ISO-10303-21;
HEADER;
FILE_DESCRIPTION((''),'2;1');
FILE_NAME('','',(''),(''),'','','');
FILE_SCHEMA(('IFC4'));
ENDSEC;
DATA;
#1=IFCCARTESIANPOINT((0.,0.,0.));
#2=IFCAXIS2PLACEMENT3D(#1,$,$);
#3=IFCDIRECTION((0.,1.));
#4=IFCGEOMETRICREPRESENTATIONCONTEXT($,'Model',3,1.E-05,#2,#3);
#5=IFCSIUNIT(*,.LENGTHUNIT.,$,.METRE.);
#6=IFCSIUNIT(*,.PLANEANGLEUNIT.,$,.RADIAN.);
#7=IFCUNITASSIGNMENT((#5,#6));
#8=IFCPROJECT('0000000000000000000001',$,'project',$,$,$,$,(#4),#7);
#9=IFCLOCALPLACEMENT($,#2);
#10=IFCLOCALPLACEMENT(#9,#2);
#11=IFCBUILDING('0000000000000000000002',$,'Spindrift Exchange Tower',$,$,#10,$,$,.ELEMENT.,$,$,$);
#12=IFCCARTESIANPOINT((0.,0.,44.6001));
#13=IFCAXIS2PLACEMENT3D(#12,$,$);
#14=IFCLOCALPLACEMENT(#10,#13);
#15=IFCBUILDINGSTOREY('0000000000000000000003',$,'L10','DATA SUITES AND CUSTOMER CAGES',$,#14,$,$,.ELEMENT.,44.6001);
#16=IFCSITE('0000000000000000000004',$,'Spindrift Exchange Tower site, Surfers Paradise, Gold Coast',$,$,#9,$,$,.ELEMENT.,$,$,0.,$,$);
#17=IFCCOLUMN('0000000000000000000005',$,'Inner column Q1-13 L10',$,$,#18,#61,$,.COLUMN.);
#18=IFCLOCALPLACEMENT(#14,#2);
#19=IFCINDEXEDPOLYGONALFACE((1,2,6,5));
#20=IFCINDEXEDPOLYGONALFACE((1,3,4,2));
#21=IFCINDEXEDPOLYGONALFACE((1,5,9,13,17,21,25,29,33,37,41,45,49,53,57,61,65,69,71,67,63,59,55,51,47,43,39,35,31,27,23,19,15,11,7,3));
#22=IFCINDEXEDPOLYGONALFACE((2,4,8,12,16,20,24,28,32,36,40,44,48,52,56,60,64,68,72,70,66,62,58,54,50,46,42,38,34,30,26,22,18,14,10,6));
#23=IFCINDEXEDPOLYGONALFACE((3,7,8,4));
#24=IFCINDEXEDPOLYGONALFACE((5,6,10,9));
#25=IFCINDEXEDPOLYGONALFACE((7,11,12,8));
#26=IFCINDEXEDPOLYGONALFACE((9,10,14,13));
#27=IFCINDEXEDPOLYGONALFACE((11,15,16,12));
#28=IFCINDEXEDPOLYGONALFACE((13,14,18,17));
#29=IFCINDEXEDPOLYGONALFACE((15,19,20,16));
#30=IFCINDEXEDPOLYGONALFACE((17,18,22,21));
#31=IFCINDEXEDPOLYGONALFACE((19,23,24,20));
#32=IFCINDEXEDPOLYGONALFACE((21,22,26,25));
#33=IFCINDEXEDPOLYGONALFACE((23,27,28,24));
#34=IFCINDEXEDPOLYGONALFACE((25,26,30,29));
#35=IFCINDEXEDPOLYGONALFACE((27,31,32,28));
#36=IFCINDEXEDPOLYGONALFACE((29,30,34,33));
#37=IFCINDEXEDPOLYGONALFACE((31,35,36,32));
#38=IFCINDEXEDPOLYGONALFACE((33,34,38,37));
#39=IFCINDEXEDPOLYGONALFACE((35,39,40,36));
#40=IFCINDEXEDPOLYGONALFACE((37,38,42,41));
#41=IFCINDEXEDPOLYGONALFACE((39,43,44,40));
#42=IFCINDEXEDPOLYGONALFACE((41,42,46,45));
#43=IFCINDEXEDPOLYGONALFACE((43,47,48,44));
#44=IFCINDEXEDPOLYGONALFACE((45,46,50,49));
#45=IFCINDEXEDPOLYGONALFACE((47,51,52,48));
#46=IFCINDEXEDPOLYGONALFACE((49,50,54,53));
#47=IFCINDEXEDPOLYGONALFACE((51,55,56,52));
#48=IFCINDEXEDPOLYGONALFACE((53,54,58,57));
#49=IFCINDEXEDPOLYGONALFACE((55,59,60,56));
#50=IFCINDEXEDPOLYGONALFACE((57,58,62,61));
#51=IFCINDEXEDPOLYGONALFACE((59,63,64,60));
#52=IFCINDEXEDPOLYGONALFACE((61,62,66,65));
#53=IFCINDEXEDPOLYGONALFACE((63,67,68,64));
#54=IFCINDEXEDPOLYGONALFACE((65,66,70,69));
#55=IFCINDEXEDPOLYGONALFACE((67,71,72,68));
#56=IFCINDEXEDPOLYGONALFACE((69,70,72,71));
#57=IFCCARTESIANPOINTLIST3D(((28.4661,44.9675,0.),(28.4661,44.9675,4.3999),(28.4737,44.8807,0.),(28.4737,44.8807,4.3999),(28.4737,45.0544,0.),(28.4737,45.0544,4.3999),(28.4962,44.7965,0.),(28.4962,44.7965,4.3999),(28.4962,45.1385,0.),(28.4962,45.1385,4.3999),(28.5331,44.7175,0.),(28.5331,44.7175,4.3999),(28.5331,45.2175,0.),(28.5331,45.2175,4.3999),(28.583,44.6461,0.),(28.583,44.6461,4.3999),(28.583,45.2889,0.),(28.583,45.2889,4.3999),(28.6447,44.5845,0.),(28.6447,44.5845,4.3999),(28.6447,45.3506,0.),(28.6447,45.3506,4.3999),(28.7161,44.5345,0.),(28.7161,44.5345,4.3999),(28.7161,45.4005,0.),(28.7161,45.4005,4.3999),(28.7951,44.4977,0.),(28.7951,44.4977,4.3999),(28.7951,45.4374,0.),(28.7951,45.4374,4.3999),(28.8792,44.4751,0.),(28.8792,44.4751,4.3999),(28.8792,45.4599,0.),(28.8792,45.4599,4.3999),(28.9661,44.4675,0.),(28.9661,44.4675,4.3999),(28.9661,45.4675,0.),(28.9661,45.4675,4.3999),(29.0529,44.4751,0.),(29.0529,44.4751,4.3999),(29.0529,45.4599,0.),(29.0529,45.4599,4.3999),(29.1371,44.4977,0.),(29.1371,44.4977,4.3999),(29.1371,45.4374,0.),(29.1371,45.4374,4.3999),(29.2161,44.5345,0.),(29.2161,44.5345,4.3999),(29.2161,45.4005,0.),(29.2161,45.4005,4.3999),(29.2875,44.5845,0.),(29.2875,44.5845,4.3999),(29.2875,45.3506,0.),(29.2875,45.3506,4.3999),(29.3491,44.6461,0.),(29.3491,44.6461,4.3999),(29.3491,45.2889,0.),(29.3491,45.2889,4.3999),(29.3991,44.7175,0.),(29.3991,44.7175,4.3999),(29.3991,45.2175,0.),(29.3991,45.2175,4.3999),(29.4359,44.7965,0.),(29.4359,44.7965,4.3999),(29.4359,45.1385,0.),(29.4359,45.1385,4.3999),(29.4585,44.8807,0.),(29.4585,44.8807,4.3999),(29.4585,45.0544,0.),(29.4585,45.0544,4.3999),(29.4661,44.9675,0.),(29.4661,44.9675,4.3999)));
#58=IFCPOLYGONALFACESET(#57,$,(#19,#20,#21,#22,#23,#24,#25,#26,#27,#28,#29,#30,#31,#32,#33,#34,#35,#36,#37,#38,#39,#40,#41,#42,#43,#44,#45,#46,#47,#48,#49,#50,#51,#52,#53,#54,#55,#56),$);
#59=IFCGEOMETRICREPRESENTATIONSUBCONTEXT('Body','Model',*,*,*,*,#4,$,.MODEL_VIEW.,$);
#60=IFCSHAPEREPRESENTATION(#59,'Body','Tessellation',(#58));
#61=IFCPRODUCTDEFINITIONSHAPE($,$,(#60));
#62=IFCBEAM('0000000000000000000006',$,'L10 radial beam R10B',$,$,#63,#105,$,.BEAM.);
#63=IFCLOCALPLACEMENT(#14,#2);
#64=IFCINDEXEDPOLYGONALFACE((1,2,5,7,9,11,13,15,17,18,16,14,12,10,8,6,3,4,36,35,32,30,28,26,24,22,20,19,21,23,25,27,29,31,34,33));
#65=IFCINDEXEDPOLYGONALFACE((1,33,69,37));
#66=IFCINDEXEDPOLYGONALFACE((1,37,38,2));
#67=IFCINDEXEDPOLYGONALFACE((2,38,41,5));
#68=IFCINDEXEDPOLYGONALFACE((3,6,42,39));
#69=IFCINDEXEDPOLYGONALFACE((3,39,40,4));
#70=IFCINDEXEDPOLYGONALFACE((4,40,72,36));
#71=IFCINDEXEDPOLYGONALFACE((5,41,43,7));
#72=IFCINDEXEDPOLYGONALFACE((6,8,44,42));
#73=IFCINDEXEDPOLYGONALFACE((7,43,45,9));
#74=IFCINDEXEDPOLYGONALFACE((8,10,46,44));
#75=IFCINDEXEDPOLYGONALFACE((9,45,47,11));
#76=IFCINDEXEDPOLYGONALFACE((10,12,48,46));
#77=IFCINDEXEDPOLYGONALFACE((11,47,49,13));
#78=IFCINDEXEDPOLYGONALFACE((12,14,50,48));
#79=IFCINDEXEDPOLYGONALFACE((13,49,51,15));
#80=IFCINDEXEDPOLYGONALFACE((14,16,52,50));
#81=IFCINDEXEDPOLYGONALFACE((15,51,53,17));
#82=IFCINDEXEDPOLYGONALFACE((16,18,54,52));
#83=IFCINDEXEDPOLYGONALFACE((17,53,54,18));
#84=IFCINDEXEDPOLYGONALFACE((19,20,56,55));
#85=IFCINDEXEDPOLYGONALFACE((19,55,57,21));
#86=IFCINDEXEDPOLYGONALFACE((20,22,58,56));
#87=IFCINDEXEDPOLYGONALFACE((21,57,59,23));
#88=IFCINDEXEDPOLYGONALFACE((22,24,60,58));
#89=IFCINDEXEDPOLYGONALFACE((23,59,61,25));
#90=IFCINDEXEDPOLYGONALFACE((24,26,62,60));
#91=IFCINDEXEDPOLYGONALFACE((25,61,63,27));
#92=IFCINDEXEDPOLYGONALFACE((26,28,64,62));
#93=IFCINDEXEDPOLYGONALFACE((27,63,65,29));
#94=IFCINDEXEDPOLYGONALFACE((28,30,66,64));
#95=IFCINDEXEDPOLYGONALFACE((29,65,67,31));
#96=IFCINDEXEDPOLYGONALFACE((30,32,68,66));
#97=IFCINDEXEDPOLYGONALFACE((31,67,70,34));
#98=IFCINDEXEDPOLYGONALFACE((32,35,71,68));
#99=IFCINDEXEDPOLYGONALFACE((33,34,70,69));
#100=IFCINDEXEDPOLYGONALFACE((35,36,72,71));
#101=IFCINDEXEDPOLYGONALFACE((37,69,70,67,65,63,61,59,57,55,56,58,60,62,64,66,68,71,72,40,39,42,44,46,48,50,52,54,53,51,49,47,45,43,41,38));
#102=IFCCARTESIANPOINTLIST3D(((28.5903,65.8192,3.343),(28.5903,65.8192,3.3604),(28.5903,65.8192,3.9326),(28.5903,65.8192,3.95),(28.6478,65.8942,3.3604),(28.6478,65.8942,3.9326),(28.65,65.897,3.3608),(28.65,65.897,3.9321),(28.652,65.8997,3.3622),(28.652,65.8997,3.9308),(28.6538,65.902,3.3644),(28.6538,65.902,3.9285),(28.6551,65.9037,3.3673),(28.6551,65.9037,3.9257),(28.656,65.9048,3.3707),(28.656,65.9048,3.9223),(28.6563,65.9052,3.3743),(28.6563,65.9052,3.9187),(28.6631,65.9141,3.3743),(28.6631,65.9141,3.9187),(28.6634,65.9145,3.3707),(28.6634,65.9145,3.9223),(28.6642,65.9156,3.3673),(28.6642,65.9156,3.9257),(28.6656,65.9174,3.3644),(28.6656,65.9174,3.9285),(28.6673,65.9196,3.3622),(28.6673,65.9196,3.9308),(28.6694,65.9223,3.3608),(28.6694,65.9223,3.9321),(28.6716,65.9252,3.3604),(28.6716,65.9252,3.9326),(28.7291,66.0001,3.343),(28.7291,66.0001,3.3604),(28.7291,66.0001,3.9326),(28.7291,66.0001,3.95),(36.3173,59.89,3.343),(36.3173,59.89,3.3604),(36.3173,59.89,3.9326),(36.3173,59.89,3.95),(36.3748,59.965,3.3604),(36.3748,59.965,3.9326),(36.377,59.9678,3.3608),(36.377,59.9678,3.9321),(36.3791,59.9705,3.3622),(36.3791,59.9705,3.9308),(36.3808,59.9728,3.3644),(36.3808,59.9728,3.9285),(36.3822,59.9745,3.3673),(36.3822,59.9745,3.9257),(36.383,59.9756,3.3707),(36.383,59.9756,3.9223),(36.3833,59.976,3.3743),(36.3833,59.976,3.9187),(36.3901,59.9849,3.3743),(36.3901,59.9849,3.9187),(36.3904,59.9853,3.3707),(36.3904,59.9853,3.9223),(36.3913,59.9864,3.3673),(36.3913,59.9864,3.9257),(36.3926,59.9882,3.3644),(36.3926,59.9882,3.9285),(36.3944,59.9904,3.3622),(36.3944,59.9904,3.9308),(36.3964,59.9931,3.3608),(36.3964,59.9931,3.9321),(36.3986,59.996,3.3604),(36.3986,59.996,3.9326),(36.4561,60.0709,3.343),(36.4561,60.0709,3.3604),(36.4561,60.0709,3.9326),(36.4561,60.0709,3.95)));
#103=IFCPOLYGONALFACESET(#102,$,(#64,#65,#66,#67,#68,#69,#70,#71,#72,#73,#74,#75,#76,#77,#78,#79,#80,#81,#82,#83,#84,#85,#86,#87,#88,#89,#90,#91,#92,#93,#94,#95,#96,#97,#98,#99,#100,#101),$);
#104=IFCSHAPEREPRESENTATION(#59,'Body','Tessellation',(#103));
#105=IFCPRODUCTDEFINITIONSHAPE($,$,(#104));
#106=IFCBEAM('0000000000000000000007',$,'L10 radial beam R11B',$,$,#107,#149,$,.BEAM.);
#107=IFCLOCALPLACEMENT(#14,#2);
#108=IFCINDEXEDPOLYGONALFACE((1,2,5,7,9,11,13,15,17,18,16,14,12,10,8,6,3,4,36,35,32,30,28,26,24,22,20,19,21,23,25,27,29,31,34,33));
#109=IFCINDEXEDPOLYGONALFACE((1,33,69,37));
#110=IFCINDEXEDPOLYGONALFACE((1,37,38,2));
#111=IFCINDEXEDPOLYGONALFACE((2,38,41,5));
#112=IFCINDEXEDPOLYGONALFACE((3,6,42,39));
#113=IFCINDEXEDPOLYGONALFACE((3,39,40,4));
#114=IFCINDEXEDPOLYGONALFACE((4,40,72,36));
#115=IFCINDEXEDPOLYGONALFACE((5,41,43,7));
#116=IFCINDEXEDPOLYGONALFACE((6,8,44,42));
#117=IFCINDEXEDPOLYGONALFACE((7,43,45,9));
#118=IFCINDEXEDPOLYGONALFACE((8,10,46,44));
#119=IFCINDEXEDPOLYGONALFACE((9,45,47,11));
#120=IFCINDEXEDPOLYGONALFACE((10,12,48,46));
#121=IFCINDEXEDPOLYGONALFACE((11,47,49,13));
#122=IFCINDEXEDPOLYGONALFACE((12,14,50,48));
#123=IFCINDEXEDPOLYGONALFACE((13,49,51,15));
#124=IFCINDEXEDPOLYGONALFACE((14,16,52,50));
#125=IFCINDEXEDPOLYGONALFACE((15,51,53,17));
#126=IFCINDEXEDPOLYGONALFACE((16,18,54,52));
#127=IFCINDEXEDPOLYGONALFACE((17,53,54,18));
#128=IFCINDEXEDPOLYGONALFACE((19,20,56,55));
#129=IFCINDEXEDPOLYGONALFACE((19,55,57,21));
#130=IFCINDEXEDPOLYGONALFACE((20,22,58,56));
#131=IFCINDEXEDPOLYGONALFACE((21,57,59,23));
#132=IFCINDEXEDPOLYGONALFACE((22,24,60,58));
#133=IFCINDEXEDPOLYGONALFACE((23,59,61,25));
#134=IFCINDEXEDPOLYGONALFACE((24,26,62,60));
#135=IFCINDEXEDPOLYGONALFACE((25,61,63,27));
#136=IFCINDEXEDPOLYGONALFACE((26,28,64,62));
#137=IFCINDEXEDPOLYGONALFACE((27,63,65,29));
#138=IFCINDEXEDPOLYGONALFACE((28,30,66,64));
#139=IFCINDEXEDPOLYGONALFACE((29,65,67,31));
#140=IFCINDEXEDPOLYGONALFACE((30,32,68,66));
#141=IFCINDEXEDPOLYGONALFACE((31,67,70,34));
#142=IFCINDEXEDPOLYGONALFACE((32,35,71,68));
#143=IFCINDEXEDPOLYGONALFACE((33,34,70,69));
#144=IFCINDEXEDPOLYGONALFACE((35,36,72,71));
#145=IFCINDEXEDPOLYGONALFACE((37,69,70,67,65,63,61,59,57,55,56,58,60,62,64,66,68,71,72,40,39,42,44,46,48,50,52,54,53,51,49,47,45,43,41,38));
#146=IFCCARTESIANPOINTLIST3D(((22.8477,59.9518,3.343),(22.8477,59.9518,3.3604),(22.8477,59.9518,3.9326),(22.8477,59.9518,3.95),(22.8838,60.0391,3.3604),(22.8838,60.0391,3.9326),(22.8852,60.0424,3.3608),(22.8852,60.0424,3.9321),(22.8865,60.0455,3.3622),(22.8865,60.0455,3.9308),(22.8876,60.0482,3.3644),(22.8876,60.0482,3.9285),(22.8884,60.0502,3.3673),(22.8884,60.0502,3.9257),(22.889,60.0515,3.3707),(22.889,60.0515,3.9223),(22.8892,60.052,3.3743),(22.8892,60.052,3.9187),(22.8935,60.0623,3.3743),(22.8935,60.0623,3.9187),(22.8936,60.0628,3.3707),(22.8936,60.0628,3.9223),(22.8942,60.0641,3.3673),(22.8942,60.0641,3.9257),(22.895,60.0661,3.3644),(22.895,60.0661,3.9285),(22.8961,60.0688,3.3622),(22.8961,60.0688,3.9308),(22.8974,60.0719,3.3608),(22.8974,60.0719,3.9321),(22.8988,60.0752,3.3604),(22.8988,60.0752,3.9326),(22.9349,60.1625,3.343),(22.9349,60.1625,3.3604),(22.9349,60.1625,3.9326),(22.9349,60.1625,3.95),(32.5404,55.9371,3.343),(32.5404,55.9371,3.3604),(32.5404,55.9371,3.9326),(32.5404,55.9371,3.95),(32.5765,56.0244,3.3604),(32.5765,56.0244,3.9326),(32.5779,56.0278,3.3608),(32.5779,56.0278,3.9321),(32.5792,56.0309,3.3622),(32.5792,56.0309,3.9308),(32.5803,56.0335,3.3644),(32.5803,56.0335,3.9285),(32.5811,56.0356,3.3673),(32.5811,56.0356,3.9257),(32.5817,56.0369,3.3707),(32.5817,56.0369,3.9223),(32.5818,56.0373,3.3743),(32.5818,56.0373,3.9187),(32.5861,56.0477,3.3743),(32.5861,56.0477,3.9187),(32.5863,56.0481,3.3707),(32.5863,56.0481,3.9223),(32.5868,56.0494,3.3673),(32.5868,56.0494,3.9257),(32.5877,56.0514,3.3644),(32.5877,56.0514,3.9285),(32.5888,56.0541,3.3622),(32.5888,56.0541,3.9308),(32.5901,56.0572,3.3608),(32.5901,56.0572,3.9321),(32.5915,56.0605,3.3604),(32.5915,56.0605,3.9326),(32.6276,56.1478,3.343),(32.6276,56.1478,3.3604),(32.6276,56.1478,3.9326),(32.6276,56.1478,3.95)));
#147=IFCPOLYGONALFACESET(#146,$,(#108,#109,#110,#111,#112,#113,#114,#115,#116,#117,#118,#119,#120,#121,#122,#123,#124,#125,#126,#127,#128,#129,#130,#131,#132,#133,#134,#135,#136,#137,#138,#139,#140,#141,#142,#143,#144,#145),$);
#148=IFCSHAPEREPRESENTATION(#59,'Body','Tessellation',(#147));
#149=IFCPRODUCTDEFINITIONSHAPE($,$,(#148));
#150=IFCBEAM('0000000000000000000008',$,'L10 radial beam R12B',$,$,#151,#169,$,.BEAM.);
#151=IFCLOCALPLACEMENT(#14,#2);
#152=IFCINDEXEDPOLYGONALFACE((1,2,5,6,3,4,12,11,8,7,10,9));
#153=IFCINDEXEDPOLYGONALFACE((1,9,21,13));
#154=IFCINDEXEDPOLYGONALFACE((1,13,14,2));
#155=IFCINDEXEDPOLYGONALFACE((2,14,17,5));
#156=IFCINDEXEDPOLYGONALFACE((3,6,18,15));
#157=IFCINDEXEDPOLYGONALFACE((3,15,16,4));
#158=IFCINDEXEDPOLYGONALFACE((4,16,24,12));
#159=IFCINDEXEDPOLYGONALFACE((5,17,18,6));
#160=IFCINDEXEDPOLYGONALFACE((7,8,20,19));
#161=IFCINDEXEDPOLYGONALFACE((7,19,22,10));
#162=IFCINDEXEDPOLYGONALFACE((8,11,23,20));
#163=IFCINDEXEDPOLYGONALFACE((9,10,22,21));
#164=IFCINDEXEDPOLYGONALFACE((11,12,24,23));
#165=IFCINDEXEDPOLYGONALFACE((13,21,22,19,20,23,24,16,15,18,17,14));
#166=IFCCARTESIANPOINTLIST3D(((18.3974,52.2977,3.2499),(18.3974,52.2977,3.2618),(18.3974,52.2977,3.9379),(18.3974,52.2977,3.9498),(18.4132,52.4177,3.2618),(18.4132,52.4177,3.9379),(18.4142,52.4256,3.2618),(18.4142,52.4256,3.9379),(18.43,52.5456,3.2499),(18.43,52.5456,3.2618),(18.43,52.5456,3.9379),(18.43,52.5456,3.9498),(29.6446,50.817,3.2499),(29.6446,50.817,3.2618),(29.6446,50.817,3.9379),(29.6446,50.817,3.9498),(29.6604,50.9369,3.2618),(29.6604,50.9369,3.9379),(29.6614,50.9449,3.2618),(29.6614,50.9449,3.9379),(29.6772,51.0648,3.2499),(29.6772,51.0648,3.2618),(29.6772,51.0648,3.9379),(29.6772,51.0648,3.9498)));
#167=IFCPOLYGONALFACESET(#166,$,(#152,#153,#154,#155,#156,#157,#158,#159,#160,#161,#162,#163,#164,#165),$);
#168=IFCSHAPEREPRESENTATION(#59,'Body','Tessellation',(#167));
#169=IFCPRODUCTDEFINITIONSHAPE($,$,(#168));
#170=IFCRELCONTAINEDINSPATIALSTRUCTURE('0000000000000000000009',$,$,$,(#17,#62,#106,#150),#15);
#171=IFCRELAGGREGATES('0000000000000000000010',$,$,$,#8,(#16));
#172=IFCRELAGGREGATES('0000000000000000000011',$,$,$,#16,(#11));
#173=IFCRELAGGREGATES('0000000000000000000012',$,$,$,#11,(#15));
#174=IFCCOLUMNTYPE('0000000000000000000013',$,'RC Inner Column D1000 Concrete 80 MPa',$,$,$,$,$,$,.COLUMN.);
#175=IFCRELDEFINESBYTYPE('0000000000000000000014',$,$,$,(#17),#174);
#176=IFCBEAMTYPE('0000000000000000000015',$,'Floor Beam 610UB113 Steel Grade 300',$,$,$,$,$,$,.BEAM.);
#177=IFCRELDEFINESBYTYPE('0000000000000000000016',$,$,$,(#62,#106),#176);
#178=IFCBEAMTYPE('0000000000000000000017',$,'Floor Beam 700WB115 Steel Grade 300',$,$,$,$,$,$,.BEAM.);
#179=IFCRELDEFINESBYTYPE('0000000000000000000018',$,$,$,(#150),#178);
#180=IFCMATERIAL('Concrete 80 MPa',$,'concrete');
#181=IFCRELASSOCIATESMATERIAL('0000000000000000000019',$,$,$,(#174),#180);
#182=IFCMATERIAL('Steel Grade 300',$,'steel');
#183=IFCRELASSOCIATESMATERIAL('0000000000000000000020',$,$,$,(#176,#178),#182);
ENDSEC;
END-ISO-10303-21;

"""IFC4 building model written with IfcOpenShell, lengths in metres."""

from ifc_helpers import new_model, si_unit, direction, frame, origin, origin_2d, place, context, subcontext, project, spatial, circle, i_section, extrude, source, transform, mapped, material, material_profile, profile_set, type_object, element, save


model = new_model("IFC4")

# Units and contexts
model_context = context("Model", 3, precision=1e-05, world=origin(), true_north=direction((0.0, 1.0)))
body_context = subcontext(model_context, "Body", "Model", "MODEL_VIEW")
ifc_project = project(units=[si_unit("LENGTHUNIT", "METRE"), si_unit("PLANEANGLEUNIT", "RADIAN")], contexts=[model_context])

# Site, building, storey
site_placement = place(None, origin())
site = spatial("IfcSite", under=ifc_project, at=site_placement, Name="Spindrift Exchange Tower site, Surfers Paradise, Gold Coast", CompositionType="ELEMENT", RefElevation=0.0)
building_placement = place(site_placement, origin())
building = spatial("IfcBuilding", under=site, at=building_placement, Name="Spindrift Exchange Tower", CompositionType="ELEMENT")
storey_placement = place(building_placement, frame((0.0, 0.0, 44.6001)))
storey = spatial("IfcBuildingStorey", under=building, at=storey_placement, Name="L10", Description="DATA SUITES AND CUSTOMER CAGES", CompositionType="ELEMENT", Elevation=44.6001)

# Column
ifc_material_1 = material(Name="Concrete 80 MPa", Category="concrete")
ifc_material_profile_1 = material_profile(ifc_material_1, circle(Radius=0.5, at=origin_2d()), Name="RC D1000")
ifc_profile_set_1 = profile_set([ifc_material_profile_1], Name="Concrete 80 MPa")
column_type_1 = type_object("IfcColumnType", Name="RC Inner Column D1000 Concrete 80 MPa", PredefinedType="COLUMN", material=ifc_profile_set_1)
shared_shape_1 = source(origin(), body_context, "Body", "SweptSolid", [
    extrude(circle(Radius=0.5, at=origin_2d()), origin(), (0.0, 0.0, 1.0), 4.3999),
])
for number, where, z_axis, x_axis, name in (
    (1, (28.9661, 44.9675, 0.0), (0.0, 0.0, 1.0), (1.0, 0.0, 0.0), "Inner column Q1-13 L10"),
):
    element("IfcColumn", number, at=place(storey_placement, frame(where, z_axis=z_axis, x_axis=x_axis)), inside=storey, type_object=column_type_1, Name=name, PredefinedType="COLUMN", context=body_context, shape_type="MappedRepresentation", body=[
        mapped(shared_shape_1, transform((0.0, 0.0, 0.0), scale=1.0)),
    ])

# Beams
ifc_material_2 = material(Name="Steel Grade 300", Category="steel")
ifc_material_profile_2 = material_profile(ifc_material_2, i_section(OverallWidth=0.228, OverallDepth=0.6069, WebThickness=0.0112, FlangeThickness=0.0173, FilletRadius=0.0139, at=origin_2d()), Name="610UB113")
ifc_profile_set_2 = profile_set([ifc_material_profile_2], Name="Steel Grade 300")
beam_type_1 = type_object("IfcBeamType", Name="Floor Beam 610UB113 Steel Grade 300", PredefinedType="BEAM", material=ifc_profile_set_2)
shared_shape_2 = source(origin(), body_context, "Body", "SweptSolid", [
    extrude(i_section(OverallWidth=0.228, OverallDepth=0.6069, WebThickness=0.0112, FlangeThickness=0.0173, FilletRadius=0.0139, at=origin_2d()), origin(), (0.0, 0.0, 1.0), 9.7397),
])
beam_1_placement = place(storey_placement, frame((36.3867, 59.9805, 3.6465), z_axis=(-0.793352, 0.608763, 0.0), x_axis=(-0.608763, -0.793352, 0.0)))
element("IfcBeam", 2, at=beam_1_placement, inside=storey, type_object=beam_type_1, Name="L10 radial beam R10B", PredefinedType="BEAM", context=body_context, shape_type="MappedRepresentation", body=[
    mapped(shared_shape_2, transform((0.0, 0.0, 0.0), scale=1.0)),
])
shared_shape_3 = source(origin(), body_context, "Body", "SweptSolid", [
    extrude(i_section(OverallWidth=0.228, OverallDepth=0.6069, WebThickness=0.0112, FlangeThickness=0.0173, FilletRadius=0.0139, at=origin_2d()), origin(), (0.0, 0.0, 1.0), 10.4912),
])
beam_2_placement = place(storey_placement, frame((32.584, 56.0425, 3.6465), z_axis=(-0.923885, 0.38267, 0.0), x_axis=(-0.38267, -0.923885, 0.0)))
element("IfcBeam", 3, at=beam_2_placement, inside=storey, type_object=beam_type_1, Name="L10 radial beam R11B", PredefinedType="BEAM", context=body_context, shape_type="MappedRepresentation", body=[
    mapped(shared_shape_3, transform((0.0, 0.0, 0.0), scale=1.0)),
])
ifc_material_profile_3 = material_profile(ifc_material_2, i_section(OverallWidth=0.25, OverallDepth=0.7, WebThickness=0.0081, FlangeThickness=0.012, at=origin_2d()), Name="700WB115")
ifc_profile_set_3 = profile_set([ifc_material_profile_3], Name="Steel Grade 300")
beam_type_2 = type_object("IfcBeamType", Name="Floor Beam 700WB115 Steel Grade 300", PredefinedType="BEAM", material=ifc_profile_set_3)
shared_shape_4 = source(origin(), body_context, "Body", "SweptSolid", [
    extrude(i_section(OverallWidth=0.25, OverallDepth=0.7, WebThickness=0.0081, FlangeThickness=0.012, at=origin_2d()), origin(), (0.0, 0.0, 1.0), 11.3442),
])
beam_3_placement = place(storey_placement, frame((29.6609, 50.9409, 3.5999), z_axis=(-0.991445, 0.130527, 0.0), x_axis=(-0.130527, -0.991445, 0.0)))
element("IfcBeam", 4, at=beam_3_placement, inside=storey, type_object=beam_type_2, Name="L10 radial beam R12B", PredefinedType="BEAM", context=body_context, shape_type="MappedRepresentation", body=[
    mapped(shared_shape_4, transform((0.0, 0.0, 0.0), scale=1.0)),
])

save(model, "model.ifc")
